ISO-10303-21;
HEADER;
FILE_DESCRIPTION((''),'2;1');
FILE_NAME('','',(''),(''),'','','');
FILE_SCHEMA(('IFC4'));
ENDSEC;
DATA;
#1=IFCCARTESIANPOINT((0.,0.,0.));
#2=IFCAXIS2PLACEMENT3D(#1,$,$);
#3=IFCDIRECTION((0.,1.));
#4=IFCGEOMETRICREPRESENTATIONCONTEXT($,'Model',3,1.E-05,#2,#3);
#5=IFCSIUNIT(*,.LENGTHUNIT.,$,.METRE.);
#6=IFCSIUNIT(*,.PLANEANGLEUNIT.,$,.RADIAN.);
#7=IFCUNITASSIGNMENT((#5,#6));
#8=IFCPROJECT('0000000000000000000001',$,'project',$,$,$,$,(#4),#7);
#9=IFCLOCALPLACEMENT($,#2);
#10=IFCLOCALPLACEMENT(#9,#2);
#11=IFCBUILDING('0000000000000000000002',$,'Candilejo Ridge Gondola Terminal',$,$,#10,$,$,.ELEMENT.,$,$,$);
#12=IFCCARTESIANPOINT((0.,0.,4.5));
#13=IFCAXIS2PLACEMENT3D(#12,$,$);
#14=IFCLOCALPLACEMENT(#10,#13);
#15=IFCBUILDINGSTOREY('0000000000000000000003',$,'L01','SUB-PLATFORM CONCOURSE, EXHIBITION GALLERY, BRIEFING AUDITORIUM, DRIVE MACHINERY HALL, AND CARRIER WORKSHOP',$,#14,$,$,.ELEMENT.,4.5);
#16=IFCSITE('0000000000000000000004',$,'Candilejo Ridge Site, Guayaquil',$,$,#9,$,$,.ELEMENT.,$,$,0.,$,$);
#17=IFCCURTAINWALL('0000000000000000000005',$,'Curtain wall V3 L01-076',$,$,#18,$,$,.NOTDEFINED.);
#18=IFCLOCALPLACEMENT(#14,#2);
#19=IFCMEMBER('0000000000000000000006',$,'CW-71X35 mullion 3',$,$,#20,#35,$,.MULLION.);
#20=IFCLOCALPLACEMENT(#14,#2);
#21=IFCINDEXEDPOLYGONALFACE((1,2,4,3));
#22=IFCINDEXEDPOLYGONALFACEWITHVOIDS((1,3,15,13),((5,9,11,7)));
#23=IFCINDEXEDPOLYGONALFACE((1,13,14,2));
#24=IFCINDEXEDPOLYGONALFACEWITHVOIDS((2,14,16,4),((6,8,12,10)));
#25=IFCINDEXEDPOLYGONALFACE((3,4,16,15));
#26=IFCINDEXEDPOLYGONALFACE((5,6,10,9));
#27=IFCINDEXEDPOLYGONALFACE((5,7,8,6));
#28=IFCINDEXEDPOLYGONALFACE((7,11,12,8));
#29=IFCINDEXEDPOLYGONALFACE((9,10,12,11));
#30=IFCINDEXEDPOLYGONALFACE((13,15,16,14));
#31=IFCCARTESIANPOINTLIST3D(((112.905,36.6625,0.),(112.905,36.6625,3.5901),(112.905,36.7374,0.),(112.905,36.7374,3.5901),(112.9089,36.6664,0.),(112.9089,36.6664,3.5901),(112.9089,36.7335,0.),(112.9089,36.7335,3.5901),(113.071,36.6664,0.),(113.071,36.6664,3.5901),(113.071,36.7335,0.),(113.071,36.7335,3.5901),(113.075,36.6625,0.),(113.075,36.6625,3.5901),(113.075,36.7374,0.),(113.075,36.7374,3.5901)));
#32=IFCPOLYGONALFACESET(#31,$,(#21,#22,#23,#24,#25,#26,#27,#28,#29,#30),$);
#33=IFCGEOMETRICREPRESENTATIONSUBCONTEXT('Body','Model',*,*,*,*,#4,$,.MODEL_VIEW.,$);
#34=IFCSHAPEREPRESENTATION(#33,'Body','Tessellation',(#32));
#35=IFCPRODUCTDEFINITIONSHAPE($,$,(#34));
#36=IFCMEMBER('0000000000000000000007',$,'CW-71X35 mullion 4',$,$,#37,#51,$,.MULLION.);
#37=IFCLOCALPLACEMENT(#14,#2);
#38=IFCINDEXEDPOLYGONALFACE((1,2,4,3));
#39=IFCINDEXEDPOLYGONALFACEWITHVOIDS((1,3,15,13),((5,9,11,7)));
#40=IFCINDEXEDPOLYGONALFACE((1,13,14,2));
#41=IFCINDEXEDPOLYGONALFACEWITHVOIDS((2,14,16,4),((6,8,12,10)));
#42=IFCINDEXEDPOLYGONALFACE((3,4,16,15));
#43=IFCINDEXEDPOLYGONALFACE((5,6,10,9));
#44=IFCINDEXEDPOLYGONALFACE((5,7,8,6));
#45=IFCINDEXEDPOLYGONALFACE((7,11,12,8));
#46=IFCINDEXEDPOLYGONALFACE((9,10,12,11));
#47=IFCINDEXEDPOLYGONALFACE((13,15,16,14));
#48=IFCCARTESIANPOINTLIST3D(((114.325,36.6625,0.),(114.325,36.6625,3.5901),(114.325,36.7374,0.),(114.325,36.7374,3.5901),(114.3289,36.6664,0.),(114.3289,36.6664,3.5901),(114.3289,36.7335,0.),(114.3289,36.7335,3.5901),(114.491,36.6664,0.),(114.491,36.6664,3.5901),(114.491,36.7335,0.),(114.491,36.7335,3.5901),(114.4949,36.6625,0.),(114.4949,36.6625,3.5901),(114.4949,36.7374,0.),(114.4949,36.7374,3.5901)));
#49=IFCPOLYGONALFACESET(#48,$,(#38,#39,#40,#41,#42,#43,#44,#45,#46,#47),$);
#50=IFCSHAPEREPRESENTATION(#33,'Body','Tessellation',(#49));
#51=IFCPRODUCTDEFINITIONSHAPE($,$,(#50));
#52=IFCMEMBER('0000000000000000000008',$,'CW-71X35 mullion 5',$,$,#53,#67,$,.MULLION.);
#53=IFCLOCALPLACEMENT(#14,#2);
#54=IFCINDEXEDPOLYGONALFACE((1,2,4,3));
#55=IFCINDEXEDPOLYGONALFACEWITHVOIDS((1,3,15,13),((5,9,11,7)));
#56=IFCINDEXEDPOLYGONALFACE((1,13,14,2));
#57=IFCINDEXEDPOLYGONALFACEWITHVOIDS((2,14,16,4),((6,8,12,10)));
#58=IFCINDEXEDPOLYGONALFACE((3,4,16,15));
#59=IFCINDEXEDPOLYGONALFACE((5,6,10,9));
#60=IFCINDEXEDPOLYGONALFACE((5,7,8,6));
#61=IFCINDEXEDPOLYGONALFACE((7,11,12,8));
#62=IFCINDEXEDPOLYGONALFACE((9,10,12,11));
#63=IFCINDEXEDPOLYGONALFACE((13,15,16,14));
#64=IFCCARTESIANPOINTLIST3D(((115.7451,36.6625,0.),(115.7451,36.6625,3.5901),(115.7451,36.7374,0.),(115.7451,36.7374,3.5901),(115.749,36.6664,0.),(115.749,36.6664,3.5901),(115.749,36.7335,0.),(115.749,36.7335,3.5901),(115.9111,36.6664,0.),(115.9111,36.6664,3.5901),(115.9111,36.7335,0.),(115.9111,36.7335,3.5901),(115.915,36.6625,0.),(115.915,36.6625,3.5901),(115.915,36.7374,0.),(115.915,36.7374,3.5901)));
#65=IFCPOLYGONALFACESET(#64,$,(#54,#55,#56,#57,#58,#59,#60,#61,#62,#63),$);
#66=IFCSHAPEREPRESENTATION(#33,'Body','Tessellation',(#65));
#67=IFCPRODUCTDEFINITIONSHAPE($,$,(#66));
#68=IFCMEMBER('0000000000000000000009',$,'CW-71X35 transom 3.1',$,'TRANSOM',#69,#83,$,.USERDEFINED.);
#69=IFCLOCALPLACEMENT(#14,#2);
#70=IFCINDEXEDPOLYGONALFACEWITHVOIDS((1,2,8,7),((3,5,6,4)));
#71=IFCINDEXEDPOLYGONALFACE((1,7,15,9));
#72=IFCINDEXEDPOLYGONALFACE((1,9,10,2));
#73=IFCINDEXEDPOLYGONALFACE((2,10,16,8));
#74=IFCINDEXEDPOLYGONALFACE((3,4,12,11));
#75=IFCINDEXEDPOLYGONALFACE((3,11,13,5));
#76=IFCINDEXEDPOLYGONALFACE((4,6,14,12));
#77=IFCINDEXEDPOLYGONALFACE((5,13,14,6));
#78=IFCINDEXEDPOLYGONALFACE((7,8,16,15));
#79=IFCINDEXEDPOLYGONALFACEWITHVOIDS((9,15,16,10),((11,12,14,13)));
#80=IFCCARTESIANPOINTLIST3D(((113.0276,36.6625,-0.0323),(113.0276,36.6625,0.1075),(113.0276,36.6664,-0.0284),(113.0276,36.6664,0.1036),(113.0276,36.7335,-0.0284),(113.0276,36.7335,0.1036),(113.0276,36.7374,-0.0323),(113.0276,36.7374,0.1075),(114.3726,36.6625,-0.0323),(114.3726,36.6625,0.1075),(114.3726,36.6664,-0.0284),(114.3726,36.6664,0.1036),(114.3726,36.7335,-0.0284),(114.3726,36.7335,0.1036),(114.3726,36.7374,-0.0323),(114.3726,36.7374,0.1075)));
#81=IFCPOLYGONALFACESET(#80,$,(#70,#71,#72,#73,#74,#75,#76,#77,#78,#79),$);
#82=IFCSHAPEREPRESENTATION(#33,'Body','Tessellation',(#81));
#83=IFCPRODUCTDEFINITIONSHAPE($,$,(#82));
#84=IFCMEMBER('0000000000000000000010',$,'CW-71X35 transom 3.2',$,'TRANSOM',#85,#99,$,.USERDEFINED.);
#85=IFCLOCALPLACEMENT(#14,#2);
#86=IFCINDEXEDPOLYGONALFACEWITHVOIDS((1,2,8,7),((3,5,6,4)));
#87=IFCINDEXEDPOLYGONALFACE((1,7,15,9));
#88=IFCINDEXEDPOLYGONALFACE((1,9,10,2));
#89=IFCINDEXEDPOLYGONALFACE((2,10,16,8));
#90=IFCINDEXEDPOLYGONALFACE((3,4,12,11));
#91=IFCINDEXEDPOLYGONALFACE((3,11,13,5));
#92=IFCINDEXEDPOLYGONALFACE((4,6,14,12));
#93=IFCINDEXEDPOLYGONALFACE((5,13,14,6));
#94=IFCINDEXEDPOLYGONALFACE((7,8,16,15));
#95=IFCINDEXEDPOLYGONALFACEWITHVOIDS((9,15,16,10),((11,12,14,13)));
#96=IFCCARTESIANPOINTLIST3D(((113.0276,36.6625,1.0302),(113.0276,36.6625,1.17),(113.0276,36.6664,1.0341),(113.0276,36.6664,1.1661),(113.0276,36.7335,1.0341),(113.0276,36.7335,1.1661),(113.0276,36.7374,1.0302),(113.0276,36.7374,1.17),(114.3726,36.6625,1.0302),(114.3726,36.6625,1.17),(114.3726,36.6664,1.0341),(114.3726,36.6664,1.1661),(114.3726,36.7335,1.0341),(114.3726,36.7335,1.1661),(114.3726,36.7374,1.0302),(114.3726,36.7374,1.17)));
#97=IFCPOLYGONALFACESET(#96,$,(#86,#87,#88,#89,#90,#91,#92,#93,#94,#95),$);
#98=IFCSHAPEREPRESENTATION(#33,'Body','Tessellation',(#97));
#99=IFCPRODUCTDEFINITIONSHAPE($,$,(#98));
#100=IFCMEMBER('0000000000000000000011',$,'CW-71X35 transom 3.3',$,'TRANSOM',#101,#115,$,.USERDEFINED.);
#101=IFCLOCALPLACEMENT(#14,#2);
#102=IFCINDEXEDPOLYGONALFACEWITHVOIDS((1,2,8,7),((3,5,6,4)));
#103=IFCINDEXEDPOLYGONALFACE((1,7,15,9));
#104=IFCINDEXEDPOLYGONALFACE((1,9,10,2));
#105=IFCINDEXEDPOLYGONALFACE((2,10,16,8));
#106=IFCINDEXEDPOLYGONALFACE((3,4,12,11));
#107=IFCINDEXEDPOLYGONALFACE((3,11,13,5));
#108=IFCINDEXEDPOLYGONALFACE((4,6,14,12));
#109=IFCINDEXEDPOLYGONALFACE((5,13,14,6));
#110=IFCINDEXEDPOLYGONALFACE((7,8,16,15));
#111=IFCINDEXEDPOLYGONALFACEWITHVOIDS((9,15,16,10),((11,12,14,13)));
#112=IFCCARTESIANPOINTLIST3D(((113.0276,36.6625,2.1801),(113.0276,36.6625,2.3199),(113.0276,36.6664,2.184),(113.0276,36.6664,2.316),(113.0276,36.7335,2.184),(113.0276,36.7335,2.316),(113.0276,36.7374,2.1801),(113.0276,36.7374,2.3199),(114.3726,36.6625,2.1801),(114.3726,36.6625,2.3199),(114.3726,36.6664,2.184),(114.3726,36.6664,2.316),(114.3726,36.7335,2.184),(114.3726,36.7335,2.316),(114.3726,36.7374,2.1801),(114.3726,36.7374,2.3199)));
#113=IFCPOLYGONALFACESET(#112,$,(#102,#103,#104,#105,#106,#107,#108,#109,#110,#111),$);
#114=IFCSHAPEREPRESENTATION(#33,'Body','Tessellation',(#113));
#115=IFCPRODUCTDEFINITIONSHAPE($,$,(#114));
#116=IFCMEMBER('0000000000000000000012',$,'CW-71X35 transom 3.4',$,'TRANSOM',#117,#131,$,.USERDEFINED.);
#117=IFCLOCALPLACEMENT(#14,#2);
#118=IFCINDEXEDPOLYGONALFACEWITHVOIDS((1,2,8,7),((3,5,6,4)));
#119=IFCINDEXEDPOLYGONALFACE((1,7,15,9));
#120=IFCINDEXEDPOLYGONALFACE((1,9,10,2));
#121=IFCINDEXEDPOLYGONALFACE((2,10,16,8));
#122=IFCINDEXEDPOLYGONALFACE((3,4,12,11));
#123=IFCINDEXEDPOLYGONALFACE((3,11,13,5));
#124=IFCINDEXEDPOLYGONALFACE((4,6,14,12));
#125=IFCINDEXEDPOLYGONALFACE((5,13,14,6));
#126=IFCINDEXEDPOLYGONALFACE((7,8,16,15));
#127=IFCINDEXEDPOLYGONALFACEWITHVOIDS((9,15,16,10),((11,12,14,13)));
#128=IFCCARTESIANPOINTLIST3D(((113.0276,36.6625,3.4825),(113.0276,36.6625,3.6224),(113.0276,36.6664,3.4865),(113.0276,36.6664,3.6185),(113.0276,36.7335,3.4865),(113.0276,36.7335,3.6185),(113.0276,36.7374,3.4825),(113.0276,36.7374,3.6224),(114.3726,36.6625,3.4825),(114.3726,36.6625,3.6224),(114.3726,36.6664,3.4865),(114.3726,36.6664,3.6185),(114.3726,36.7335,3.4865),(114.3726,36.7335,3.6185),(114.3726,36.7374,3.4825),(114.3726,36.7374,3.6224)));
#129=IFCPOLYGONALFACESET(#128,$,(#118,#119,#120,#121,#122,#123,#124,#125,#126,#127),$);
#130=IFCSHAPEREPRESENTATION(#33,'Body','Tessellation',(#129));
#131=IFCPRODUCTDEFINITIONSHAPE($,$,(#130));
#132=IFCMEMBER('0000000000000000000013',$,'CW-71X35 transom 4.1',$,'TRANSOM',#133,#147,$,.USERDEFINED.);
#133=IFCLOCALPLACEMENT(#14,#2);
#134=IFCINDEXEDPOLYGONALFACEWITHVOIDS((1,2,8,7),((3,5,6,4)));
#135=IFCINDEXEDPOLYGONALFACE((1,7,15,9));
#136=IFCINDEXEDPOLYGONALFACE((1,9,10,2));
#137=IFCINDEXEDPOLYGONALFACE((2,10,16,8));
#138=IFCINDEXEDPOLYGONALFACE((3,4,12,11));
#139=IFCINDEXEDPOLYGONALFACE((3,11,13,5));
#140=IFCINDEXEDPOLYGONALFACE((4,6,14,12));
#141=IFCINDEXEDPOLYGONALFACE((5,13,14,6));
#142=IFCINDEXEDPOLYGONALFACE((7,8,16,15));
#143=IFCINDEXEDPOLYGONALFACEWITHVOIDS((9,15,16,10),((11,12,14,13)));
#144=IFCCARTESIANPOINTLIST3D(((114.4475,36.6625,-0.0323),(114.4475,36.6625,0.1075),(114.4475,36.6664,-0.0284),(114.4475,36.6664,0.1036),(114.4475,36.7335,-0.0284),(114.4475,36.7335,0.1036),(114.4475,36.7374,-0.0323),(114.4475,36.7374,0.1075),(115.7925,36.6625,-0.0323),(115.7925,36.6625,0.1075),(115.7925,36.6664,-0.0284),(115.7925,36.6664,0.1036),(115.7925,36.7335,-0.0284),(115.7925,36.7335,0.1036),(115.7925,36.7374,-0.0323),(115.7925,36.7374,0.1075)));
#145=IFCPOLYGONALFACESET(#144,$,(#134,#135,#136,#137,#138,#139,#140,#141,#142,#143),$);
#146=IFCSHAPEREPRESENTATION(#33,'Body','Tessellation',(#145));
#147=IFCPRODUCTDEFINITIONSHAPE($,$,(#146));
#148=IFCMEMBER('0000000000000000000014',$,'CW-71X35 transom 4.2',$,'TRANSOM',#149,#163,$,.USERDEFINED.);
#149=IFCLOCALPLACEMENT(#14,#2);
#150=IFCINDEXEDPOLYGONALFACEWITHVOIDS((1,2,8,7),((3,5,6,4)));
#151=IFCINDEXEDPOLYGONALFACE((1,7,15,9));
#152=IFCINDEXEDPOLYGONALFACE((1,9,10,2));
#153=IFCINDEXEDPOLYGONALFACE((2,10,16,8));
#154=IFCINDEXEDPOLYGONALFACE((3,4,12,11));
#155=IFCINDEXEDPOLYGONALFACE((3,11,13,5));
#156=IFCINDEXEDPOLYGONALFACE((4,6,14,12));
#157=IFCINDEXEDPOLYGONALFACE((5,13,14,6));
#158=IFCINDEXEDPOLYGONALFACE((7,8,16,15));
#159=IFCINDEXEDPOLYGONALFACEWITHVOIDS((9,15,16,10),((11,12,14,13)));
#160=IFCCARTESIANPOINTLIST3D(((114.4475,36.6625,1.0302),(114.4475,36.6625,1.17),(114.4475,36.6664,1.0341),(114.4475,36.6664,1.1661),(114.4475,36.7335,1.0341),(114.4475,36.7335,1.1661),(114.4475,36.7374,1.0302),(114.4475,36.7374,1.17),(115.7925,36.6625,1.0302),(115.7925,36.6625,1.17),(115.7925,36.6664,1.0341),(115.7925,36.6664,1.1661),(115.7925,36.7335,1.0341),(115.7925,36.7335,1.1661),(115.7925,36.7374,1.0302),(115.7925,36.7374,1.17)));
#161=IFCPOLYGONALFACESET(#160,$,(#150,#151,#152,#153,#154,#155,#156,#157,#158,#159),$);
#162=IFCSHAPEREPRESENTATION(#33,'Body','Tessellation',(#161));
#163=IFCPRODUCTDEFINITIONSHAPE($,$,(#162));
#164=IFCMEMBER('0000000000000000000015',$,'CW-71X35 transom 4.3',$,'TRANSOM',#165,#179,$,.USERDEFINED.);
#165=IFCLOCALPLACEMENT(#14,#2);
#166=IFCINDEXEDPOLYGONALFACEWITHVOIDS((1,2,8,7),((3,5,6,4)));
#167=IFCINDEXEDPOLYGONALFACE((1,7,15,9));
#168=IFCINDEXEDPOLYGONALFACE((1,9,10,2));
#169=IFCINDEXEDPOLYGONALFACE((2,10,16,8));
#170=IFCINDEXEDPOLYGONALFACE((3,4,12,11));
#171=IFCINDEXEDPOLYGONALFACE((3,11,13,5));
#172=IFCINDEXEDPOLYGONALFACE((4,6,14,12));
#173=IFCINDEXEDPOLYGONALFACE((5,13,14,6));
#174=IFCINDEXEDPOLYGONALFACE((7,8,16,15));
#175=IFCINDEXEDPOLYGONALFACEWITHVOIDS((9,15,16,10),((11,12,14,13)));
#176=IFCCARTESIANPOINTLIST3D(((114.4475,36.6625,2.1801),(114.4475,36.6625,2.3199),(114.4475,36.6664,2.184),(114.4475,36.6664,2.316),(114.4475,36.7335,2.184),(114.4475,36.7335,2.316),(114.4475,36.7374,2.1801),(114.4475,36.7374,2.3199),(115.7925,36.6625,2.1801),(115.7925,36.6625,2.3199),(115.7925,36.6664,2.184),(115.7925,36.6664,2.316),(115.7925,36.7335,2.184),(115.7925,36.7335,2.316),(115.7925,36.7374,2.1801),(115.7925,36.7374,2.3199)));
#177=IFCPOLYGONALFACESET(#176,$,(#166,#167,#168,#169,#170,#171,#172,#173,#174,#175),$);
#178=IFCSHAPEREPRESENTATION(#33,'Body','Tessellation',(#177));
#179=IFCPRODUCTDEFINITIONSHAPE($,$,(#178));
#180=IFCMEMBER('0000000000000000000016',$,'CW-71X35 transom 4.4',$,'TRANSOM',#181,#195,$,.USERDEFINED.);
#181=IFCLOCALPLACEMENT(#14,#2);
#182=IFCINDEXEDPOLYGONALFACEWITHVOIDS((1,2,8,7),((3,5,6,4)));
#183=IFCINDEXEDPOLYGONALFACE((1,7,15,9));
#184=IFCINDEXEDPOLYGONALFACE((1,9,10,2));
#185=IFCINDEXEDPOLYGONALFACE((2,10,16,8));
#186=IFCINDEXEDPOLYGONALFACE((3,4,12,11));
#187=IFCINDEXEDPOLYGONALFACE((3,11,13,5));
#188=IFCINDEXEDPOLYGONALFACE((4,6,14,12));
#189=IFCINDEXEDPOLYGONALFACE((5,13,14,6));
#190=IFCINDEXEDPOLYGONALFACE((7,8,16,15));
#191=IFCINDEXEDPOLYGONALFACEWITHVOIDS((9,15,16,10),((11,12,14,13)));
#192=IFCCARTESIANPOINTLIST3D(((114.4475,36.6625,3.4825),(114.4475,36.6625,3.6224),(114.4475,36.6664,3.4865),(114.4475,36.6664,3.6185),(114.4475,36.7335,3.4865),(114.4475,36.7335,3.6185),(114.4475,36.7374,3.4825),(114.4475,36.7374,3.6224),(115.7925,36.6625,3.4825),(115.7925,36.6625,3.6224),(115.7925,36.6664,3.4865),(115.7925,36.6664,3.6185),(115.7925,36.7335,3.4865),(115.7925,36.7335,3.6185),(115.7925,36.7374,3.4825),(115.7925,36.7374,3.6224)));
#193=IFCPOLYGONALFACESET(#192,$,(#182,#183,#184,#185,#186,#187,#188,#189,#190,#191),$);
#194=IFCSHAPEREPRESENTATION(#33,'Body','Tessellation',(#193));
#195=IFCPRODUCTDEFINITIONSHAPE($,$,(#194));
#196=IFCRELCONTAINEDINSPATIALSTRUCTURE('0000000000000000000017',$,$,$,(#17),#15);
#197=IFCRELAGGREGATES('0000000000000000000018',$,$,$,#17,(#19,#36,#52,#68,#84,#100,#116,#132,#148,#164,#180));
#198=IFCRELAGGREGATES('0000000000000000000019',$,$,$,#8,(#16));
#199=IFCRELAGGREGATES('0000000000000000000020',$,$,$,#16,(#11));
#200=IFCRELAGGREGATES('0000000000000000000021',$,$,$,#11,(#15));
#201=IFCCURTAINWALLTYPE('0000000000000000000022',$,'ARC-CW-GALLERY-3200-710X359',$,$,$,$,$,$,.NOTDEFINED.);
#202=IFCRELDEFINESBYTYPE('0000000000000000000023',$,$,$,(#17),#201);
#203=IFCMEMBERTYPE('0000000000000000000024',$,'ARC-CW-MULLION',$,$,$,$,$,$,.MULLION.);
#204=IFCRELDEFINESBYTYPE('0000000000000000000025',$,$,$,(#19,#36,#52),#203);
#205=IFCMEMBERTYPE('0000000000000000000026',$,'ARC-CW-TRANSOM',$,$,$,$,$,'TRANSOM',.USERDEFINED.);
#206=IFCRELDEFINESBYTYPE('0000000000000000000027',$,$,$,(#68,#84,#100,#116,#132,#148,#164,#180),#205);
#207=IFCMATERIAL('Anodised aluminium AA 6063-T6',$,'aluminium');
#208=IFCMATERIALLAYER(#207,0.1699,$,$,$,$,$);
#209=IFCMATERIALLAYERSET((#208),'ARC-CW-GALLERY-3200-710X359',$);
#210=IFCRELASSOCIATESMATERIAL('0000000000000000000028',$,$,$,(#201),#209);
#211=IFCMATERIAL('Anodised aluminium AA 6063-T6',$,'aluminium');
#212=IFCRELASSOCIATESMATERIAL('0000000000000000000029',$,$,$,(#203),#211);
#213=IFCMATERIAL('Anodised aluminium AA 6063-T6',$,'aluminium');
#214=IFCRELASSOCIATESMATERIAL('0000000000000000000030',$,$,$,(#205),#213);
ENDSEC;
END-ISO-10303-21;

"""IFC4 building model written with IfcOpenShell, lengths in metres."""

from ifc_helpers import new_model, si_unit, direction, frame, origin, origin_2d, place, context, subcontext, project, spatial, hollow_rectangle, extrude, material, layer, layer_set, material_profile, profile_set, type_object, element, aggregate, save


model = new_model("IFC4")

# Units and contexts
model_context = context("Model", 3, precision=1e-05, world=origin(), true_north=direction((0.0, 1.0)))
body_context = subcontext(model_context, "Body", "Model", "MODEL_VIEW")
ifc_project = project(units=[si_unit("LENGTHUNIT", "METRE"), si_unit("PLANEANGLEUNIT", "RADIAN")], contexts=[model_context])

# Site, building, storey
site_placement = place(None, origin())
site = spatial("IfcSite", under=ifc_project, at=site_placement, Name="Candilejo Ridge Site, Guayaquil", CompositionType="ELEMENT", RefElevation=0.0)
building_placement = place(site_placement, origin())
building = spatial("IfcBuilding", under=site, at=building_placement, Name="Candilejo Ridge Gondola Terminal", CompositionType="ELEMENT")
storey_placement = place(building_placement, frame((0.0, 0.0, 4.5)))
storey = spatial("IfcBuildingStorey", under=building, at=storey_placement, Name="L01", Description="SUB-PLATFORM CONCOURSE, EXHIBITION GALLERY, BRIEFING AUDITORIUM, DRIVE MACHINERY HALL, AND CARRIER WORKSHOP", CompositionType="ELEMENT", Elevation=4.5)

# Curtain wall, members
ifc_material_1 = material(Name="Anodised aluminium AA 6063-T6", Category="aluminium")
ifc_layer_1 = layer(ifc_material_1, 0.1699)
ifc_layer_set_1 = layer_set([ifc_layer_1], Name="ARC-CW-GALLERY-3200-710X359")
curtain_wall_type = type_object("IfcCurtainWallType", Name="ARC-CW-GALLERY-3200-710X359", PredefinedType="NOTDEFINED", material=ifc_layer_set_1)
curtain_wall_placement = place(storey_placement, origin())
curtain_wall = element("IfcCurtainWall", 1, at=curtain_wall_placement, inside=storey, type_object=curtain_wall_type, Name="Curtain wall V3 L01-076", PredefinedType="NOTDEFINED")
ifc_material_2 = material(Name="Anodised aluminium AA 6063-T6", Category="aluminium")
ifc_material_profile_1 = material_profile(ifc_material_2, hollow_rectangle(XDim=0.075, YDim=0.1699, WallThickness=0.0039, at=origin_2d()))
ifc_profile_set_1 = profile_set([ifc_material_profile_1], Name="Anodised aluminium AA 6063-T6")
member_type_1 = type_object("IfcMemberType", Name="ARC-CW-MULLION", PredefinedType="MULLION", material=ifc_profile_set_1)
member_1_placement = place(storey_placement, frame((112.99, 36.7, 0.0), z_axis=(0.0, 0.0, 1.0), x_axis=(0.0, 1.0, 0.0)))
member_1 = element("IfcMember", 2, at=member_1_placement, type_object=member_type_1, Name="CW-71X35 mullion 3", PredefinedType="MULLION", context=body_context, shape_type="SweptSolid", body=[
    extrude(hollow_rectangle(XDim=0.075, YDim=0.1699, WallThickness=0.0039, at=origin_2d()), origin(), (0.0, 0.0, 1.0), 3.5901),
])
member_2_placement = place(storey_placement, frame((114.4099, 36.7, 0.0), z_axis=(0.0, 0.0, 1.0), x_axis=(0.0, 1.0, 0.0)))
member_2 = element("IfcMember", 3, at=member_2_placement, type_object=member_type_1, Name="CW-71X35 mullion 4", PredefinedType="MULLION", context=body_context, shape_type="SweptSolid", body=[
    extrude(hollow_rectangle(XDim=0.075, YDim=0.1699, WallThickness=0.0039, at=origin_2d()), origin(), (0.0, 0.0, 1.0), 3.5901),
])
member_3_placement = place(storey_placement, frame((115.8301, 36.7, 0.0), z_axis=(0.0, 0.0, 1.0), x_axis=(0.0, 1.0, 0.0)))
member_3 = element("IfcMember", 4, at=member_3_placement, type_object=member_type_1, Name="CW-71X35 mullion 5", PredefinedType="MULLION", context=body_context, shape_type="SweptSolid", body=[
    extrude(hollow_rectangle(XDim=0.075, YDim=0.1699, WallThickness=0.0039, at=origin_2d()), origin(), (0.0, 0.0, 1.0), 3.5901),
])
ifc_material_3 = material(Name="Anodised aluminium AA 6063-T6", Category="aluminium")
ifc_material_profile_2 = material_profile(ifc_material_3, hollow_rectangle(XDim=0.075, YDim=0.1399, WallThickness=0.0039, at=origin_2d()))
ifc_profile_set_2 = profile_set([ifc_material_profile_2], Name="Anodised aluminium AA 6063-T6")
member_type_2 = type_object("IfcMemberType", Name="ARC-CW-TRANSOM", ElementType="TRANSOM", PredefinedType="USERDEFINED", material=ifc_profile_set_2)
member_4_placement = place(storey_placement, frame((113.0276, 36.7, 0.0376), z_axis=(1.0, 0.0, 0.0), x_axis=(0.0, 1.0, 0.0)))
member_4 = element("IfcMember", 5, at=member_4_placement, type_object=member_type_2, Name="CW-71X35 transom 3.1", ObjectType="TRANSOM", PredefinedType="USERDEFINED", context=body_context, shape_type="SweptSolid", body=[
    extrude(hollow_rectangle(XDim=0.075, YDim=0.1399, WallThickness=0.0039, at=origin_2d()), origin(), (0.0, 0.0, 1.0), 1.345),
])
member_5_placement = place(storey_placement, frame((113.0276, 36.7, 1.1001), z_axis=(1.0, 0.0, 0.0), x_axis=(0.0, 1.0, 0.0)))
member_5 = element("IfcMember", 6, at=member_5_placement, type_object=member_type_2, Name="CW-71X35 transom 3.2", ObjectType="TRANSOM", PredefinedType="USERDEFINED", context=body_context, shape_type="SweptSolid", body=[
    extrude(hollow_rectangle(XDim=0.075, YDim=0.1399, WallThickness=0.0039, at=origin_2d()), origin(), (0.0, 0.0, 1.0), 1.345),
])
member_6_placement = place(storey_placement, frame((113.0276, 36.7, 2.25), z_axis=(1.0, 0.0, 0.0), x_axis=(0.0, 1.0, 0.0)))
member_6 = element("IfcMember", 7, at=member_6_placement, type_object=member_type_2, Name="CW-71X35 transom 3.3", ObjectType="TRANSOM", PredefinedType="USERDEFINED", context=body_context, shape_type="SweptSolid", body=[
    extrude(hollow_rectangle(XDim=0.075, YDim=0.1399, WallThickness=0.0039, at=origin_2d()), origin(), (0.0, 0.0, 1.0), 1.345),
])
member_7_placement = place(storey_placement, frame((113.0276, 36.7, 3.5525), z_axis=(1.0, 0.0, 0.0), x_axis=(0.0, 1.0, 0.0)))
member_7 = element("IfcMember", 8, at=member_7_placement, type_object=member_type_2, Name="CW-71X35 transom 3.4", ObjectType="TRANSOM", PredefinedType="USERDEFINED", context=body_context, shape_type="SweptSolid", body=[
    extrude(hollow_rectangle(XDim=0.075, YDim=0.1399, WallThickness=0.0039, at=origin_2d()), origin(), (0.0, 0.0, 1.0), 1.345),
])
member_8_placement = place(storey_placement, frame((114.4475, 36.7, 0.0376), z_axis=(1.0, 0.0, 0.0), x_axis=(0.0, 1.0, 0.0)))
member_8 = element("IfcMember", 9, at=member_8_placement, type_object=member_type_2, Name="CW-71X35 transom 4.1", ObjectType="TRANSOM", PredefinedType="USERDEFINED", context=body_context, shape_type="SweptSolid", body=[
    extrude(hollow_rectangle(XDim=0.075, YDim=0.1399, WallThickness=0.0039, at=origin_2d()), origin(), (0.0, 0.0, 1.0), 1.345),
])
member_9_placement = place(storey_placement, frame((114.4475, 36.7, 1.1001), z_axis=(1.0, 0.0, 0.0), x_axis=(0.0, 1.0, 0.0)))
member_9 = element("IfcMember", 10, at=member_9_placement, type_object=member_type_2, Name="CW-71X35 transom 4.2", ObjectType="TRANSOM", PredefinedType="USERDEFINED", context=body_context, shape_type="SweptSolid", body=[
    extrude(hollow_rectangle(XDim=0.075, YDim=0.1399, WallThickness=0.0039, at=origin_2d()), origin(), (0.0, 0.0, 1.0), 1.345),
])
member_10_placement = place(storey_placement, frame((114.4475, 36.7, 2.25), z_axis=(1.0, 0.0, 0.0), x_axis=(0.0, 1.0, 0.0)))
member_10 = element("IfcMember", 11, at=member_10_placement, type_object=member_type_2, Name="CW-71X35 transom 4.3", ObjectType="TRANSOM", PredefinedType="USERDEFINED", context=body_context, shape_type="SweptSolid", body=[
    extrude(hollow_rectangle(XDim=0.075, YDim=0.1399, WallThickness=0.0039, at=origin_2d()), origin(), (0.0, 0.0, 1.0), 1.345),
])
member_11_placement = place(storey_placement, frame((114.4475, 36.7, 3.5525), z_axis=(1.0, 0.0, 0.0), x_axis=(0.0, 1.0, 0.0)))
member_11 = element("IfcMember", 12, at=member_11_placement, type_object=member_type_2, Name="CW-71X35 transom 4.4", ObjectType="TRANSOM", PredefinedType="USERDEFINED", context=body_context, shape_type="SweptSolid", body=[
    extrude(hollow_rectangle(XDim=0.075, YDim=0.1399, WallThickness=0.0039, at=origin_2d()), origin(), (0.0, 0.0, 1.0), 1.345),
])
aggregate(curtain_wall, [member_1, member_2, member_3, member_4, member_5, member_6, member_7, member_8, member_9, member_10, member_11])

save(model, "model.ifc")
